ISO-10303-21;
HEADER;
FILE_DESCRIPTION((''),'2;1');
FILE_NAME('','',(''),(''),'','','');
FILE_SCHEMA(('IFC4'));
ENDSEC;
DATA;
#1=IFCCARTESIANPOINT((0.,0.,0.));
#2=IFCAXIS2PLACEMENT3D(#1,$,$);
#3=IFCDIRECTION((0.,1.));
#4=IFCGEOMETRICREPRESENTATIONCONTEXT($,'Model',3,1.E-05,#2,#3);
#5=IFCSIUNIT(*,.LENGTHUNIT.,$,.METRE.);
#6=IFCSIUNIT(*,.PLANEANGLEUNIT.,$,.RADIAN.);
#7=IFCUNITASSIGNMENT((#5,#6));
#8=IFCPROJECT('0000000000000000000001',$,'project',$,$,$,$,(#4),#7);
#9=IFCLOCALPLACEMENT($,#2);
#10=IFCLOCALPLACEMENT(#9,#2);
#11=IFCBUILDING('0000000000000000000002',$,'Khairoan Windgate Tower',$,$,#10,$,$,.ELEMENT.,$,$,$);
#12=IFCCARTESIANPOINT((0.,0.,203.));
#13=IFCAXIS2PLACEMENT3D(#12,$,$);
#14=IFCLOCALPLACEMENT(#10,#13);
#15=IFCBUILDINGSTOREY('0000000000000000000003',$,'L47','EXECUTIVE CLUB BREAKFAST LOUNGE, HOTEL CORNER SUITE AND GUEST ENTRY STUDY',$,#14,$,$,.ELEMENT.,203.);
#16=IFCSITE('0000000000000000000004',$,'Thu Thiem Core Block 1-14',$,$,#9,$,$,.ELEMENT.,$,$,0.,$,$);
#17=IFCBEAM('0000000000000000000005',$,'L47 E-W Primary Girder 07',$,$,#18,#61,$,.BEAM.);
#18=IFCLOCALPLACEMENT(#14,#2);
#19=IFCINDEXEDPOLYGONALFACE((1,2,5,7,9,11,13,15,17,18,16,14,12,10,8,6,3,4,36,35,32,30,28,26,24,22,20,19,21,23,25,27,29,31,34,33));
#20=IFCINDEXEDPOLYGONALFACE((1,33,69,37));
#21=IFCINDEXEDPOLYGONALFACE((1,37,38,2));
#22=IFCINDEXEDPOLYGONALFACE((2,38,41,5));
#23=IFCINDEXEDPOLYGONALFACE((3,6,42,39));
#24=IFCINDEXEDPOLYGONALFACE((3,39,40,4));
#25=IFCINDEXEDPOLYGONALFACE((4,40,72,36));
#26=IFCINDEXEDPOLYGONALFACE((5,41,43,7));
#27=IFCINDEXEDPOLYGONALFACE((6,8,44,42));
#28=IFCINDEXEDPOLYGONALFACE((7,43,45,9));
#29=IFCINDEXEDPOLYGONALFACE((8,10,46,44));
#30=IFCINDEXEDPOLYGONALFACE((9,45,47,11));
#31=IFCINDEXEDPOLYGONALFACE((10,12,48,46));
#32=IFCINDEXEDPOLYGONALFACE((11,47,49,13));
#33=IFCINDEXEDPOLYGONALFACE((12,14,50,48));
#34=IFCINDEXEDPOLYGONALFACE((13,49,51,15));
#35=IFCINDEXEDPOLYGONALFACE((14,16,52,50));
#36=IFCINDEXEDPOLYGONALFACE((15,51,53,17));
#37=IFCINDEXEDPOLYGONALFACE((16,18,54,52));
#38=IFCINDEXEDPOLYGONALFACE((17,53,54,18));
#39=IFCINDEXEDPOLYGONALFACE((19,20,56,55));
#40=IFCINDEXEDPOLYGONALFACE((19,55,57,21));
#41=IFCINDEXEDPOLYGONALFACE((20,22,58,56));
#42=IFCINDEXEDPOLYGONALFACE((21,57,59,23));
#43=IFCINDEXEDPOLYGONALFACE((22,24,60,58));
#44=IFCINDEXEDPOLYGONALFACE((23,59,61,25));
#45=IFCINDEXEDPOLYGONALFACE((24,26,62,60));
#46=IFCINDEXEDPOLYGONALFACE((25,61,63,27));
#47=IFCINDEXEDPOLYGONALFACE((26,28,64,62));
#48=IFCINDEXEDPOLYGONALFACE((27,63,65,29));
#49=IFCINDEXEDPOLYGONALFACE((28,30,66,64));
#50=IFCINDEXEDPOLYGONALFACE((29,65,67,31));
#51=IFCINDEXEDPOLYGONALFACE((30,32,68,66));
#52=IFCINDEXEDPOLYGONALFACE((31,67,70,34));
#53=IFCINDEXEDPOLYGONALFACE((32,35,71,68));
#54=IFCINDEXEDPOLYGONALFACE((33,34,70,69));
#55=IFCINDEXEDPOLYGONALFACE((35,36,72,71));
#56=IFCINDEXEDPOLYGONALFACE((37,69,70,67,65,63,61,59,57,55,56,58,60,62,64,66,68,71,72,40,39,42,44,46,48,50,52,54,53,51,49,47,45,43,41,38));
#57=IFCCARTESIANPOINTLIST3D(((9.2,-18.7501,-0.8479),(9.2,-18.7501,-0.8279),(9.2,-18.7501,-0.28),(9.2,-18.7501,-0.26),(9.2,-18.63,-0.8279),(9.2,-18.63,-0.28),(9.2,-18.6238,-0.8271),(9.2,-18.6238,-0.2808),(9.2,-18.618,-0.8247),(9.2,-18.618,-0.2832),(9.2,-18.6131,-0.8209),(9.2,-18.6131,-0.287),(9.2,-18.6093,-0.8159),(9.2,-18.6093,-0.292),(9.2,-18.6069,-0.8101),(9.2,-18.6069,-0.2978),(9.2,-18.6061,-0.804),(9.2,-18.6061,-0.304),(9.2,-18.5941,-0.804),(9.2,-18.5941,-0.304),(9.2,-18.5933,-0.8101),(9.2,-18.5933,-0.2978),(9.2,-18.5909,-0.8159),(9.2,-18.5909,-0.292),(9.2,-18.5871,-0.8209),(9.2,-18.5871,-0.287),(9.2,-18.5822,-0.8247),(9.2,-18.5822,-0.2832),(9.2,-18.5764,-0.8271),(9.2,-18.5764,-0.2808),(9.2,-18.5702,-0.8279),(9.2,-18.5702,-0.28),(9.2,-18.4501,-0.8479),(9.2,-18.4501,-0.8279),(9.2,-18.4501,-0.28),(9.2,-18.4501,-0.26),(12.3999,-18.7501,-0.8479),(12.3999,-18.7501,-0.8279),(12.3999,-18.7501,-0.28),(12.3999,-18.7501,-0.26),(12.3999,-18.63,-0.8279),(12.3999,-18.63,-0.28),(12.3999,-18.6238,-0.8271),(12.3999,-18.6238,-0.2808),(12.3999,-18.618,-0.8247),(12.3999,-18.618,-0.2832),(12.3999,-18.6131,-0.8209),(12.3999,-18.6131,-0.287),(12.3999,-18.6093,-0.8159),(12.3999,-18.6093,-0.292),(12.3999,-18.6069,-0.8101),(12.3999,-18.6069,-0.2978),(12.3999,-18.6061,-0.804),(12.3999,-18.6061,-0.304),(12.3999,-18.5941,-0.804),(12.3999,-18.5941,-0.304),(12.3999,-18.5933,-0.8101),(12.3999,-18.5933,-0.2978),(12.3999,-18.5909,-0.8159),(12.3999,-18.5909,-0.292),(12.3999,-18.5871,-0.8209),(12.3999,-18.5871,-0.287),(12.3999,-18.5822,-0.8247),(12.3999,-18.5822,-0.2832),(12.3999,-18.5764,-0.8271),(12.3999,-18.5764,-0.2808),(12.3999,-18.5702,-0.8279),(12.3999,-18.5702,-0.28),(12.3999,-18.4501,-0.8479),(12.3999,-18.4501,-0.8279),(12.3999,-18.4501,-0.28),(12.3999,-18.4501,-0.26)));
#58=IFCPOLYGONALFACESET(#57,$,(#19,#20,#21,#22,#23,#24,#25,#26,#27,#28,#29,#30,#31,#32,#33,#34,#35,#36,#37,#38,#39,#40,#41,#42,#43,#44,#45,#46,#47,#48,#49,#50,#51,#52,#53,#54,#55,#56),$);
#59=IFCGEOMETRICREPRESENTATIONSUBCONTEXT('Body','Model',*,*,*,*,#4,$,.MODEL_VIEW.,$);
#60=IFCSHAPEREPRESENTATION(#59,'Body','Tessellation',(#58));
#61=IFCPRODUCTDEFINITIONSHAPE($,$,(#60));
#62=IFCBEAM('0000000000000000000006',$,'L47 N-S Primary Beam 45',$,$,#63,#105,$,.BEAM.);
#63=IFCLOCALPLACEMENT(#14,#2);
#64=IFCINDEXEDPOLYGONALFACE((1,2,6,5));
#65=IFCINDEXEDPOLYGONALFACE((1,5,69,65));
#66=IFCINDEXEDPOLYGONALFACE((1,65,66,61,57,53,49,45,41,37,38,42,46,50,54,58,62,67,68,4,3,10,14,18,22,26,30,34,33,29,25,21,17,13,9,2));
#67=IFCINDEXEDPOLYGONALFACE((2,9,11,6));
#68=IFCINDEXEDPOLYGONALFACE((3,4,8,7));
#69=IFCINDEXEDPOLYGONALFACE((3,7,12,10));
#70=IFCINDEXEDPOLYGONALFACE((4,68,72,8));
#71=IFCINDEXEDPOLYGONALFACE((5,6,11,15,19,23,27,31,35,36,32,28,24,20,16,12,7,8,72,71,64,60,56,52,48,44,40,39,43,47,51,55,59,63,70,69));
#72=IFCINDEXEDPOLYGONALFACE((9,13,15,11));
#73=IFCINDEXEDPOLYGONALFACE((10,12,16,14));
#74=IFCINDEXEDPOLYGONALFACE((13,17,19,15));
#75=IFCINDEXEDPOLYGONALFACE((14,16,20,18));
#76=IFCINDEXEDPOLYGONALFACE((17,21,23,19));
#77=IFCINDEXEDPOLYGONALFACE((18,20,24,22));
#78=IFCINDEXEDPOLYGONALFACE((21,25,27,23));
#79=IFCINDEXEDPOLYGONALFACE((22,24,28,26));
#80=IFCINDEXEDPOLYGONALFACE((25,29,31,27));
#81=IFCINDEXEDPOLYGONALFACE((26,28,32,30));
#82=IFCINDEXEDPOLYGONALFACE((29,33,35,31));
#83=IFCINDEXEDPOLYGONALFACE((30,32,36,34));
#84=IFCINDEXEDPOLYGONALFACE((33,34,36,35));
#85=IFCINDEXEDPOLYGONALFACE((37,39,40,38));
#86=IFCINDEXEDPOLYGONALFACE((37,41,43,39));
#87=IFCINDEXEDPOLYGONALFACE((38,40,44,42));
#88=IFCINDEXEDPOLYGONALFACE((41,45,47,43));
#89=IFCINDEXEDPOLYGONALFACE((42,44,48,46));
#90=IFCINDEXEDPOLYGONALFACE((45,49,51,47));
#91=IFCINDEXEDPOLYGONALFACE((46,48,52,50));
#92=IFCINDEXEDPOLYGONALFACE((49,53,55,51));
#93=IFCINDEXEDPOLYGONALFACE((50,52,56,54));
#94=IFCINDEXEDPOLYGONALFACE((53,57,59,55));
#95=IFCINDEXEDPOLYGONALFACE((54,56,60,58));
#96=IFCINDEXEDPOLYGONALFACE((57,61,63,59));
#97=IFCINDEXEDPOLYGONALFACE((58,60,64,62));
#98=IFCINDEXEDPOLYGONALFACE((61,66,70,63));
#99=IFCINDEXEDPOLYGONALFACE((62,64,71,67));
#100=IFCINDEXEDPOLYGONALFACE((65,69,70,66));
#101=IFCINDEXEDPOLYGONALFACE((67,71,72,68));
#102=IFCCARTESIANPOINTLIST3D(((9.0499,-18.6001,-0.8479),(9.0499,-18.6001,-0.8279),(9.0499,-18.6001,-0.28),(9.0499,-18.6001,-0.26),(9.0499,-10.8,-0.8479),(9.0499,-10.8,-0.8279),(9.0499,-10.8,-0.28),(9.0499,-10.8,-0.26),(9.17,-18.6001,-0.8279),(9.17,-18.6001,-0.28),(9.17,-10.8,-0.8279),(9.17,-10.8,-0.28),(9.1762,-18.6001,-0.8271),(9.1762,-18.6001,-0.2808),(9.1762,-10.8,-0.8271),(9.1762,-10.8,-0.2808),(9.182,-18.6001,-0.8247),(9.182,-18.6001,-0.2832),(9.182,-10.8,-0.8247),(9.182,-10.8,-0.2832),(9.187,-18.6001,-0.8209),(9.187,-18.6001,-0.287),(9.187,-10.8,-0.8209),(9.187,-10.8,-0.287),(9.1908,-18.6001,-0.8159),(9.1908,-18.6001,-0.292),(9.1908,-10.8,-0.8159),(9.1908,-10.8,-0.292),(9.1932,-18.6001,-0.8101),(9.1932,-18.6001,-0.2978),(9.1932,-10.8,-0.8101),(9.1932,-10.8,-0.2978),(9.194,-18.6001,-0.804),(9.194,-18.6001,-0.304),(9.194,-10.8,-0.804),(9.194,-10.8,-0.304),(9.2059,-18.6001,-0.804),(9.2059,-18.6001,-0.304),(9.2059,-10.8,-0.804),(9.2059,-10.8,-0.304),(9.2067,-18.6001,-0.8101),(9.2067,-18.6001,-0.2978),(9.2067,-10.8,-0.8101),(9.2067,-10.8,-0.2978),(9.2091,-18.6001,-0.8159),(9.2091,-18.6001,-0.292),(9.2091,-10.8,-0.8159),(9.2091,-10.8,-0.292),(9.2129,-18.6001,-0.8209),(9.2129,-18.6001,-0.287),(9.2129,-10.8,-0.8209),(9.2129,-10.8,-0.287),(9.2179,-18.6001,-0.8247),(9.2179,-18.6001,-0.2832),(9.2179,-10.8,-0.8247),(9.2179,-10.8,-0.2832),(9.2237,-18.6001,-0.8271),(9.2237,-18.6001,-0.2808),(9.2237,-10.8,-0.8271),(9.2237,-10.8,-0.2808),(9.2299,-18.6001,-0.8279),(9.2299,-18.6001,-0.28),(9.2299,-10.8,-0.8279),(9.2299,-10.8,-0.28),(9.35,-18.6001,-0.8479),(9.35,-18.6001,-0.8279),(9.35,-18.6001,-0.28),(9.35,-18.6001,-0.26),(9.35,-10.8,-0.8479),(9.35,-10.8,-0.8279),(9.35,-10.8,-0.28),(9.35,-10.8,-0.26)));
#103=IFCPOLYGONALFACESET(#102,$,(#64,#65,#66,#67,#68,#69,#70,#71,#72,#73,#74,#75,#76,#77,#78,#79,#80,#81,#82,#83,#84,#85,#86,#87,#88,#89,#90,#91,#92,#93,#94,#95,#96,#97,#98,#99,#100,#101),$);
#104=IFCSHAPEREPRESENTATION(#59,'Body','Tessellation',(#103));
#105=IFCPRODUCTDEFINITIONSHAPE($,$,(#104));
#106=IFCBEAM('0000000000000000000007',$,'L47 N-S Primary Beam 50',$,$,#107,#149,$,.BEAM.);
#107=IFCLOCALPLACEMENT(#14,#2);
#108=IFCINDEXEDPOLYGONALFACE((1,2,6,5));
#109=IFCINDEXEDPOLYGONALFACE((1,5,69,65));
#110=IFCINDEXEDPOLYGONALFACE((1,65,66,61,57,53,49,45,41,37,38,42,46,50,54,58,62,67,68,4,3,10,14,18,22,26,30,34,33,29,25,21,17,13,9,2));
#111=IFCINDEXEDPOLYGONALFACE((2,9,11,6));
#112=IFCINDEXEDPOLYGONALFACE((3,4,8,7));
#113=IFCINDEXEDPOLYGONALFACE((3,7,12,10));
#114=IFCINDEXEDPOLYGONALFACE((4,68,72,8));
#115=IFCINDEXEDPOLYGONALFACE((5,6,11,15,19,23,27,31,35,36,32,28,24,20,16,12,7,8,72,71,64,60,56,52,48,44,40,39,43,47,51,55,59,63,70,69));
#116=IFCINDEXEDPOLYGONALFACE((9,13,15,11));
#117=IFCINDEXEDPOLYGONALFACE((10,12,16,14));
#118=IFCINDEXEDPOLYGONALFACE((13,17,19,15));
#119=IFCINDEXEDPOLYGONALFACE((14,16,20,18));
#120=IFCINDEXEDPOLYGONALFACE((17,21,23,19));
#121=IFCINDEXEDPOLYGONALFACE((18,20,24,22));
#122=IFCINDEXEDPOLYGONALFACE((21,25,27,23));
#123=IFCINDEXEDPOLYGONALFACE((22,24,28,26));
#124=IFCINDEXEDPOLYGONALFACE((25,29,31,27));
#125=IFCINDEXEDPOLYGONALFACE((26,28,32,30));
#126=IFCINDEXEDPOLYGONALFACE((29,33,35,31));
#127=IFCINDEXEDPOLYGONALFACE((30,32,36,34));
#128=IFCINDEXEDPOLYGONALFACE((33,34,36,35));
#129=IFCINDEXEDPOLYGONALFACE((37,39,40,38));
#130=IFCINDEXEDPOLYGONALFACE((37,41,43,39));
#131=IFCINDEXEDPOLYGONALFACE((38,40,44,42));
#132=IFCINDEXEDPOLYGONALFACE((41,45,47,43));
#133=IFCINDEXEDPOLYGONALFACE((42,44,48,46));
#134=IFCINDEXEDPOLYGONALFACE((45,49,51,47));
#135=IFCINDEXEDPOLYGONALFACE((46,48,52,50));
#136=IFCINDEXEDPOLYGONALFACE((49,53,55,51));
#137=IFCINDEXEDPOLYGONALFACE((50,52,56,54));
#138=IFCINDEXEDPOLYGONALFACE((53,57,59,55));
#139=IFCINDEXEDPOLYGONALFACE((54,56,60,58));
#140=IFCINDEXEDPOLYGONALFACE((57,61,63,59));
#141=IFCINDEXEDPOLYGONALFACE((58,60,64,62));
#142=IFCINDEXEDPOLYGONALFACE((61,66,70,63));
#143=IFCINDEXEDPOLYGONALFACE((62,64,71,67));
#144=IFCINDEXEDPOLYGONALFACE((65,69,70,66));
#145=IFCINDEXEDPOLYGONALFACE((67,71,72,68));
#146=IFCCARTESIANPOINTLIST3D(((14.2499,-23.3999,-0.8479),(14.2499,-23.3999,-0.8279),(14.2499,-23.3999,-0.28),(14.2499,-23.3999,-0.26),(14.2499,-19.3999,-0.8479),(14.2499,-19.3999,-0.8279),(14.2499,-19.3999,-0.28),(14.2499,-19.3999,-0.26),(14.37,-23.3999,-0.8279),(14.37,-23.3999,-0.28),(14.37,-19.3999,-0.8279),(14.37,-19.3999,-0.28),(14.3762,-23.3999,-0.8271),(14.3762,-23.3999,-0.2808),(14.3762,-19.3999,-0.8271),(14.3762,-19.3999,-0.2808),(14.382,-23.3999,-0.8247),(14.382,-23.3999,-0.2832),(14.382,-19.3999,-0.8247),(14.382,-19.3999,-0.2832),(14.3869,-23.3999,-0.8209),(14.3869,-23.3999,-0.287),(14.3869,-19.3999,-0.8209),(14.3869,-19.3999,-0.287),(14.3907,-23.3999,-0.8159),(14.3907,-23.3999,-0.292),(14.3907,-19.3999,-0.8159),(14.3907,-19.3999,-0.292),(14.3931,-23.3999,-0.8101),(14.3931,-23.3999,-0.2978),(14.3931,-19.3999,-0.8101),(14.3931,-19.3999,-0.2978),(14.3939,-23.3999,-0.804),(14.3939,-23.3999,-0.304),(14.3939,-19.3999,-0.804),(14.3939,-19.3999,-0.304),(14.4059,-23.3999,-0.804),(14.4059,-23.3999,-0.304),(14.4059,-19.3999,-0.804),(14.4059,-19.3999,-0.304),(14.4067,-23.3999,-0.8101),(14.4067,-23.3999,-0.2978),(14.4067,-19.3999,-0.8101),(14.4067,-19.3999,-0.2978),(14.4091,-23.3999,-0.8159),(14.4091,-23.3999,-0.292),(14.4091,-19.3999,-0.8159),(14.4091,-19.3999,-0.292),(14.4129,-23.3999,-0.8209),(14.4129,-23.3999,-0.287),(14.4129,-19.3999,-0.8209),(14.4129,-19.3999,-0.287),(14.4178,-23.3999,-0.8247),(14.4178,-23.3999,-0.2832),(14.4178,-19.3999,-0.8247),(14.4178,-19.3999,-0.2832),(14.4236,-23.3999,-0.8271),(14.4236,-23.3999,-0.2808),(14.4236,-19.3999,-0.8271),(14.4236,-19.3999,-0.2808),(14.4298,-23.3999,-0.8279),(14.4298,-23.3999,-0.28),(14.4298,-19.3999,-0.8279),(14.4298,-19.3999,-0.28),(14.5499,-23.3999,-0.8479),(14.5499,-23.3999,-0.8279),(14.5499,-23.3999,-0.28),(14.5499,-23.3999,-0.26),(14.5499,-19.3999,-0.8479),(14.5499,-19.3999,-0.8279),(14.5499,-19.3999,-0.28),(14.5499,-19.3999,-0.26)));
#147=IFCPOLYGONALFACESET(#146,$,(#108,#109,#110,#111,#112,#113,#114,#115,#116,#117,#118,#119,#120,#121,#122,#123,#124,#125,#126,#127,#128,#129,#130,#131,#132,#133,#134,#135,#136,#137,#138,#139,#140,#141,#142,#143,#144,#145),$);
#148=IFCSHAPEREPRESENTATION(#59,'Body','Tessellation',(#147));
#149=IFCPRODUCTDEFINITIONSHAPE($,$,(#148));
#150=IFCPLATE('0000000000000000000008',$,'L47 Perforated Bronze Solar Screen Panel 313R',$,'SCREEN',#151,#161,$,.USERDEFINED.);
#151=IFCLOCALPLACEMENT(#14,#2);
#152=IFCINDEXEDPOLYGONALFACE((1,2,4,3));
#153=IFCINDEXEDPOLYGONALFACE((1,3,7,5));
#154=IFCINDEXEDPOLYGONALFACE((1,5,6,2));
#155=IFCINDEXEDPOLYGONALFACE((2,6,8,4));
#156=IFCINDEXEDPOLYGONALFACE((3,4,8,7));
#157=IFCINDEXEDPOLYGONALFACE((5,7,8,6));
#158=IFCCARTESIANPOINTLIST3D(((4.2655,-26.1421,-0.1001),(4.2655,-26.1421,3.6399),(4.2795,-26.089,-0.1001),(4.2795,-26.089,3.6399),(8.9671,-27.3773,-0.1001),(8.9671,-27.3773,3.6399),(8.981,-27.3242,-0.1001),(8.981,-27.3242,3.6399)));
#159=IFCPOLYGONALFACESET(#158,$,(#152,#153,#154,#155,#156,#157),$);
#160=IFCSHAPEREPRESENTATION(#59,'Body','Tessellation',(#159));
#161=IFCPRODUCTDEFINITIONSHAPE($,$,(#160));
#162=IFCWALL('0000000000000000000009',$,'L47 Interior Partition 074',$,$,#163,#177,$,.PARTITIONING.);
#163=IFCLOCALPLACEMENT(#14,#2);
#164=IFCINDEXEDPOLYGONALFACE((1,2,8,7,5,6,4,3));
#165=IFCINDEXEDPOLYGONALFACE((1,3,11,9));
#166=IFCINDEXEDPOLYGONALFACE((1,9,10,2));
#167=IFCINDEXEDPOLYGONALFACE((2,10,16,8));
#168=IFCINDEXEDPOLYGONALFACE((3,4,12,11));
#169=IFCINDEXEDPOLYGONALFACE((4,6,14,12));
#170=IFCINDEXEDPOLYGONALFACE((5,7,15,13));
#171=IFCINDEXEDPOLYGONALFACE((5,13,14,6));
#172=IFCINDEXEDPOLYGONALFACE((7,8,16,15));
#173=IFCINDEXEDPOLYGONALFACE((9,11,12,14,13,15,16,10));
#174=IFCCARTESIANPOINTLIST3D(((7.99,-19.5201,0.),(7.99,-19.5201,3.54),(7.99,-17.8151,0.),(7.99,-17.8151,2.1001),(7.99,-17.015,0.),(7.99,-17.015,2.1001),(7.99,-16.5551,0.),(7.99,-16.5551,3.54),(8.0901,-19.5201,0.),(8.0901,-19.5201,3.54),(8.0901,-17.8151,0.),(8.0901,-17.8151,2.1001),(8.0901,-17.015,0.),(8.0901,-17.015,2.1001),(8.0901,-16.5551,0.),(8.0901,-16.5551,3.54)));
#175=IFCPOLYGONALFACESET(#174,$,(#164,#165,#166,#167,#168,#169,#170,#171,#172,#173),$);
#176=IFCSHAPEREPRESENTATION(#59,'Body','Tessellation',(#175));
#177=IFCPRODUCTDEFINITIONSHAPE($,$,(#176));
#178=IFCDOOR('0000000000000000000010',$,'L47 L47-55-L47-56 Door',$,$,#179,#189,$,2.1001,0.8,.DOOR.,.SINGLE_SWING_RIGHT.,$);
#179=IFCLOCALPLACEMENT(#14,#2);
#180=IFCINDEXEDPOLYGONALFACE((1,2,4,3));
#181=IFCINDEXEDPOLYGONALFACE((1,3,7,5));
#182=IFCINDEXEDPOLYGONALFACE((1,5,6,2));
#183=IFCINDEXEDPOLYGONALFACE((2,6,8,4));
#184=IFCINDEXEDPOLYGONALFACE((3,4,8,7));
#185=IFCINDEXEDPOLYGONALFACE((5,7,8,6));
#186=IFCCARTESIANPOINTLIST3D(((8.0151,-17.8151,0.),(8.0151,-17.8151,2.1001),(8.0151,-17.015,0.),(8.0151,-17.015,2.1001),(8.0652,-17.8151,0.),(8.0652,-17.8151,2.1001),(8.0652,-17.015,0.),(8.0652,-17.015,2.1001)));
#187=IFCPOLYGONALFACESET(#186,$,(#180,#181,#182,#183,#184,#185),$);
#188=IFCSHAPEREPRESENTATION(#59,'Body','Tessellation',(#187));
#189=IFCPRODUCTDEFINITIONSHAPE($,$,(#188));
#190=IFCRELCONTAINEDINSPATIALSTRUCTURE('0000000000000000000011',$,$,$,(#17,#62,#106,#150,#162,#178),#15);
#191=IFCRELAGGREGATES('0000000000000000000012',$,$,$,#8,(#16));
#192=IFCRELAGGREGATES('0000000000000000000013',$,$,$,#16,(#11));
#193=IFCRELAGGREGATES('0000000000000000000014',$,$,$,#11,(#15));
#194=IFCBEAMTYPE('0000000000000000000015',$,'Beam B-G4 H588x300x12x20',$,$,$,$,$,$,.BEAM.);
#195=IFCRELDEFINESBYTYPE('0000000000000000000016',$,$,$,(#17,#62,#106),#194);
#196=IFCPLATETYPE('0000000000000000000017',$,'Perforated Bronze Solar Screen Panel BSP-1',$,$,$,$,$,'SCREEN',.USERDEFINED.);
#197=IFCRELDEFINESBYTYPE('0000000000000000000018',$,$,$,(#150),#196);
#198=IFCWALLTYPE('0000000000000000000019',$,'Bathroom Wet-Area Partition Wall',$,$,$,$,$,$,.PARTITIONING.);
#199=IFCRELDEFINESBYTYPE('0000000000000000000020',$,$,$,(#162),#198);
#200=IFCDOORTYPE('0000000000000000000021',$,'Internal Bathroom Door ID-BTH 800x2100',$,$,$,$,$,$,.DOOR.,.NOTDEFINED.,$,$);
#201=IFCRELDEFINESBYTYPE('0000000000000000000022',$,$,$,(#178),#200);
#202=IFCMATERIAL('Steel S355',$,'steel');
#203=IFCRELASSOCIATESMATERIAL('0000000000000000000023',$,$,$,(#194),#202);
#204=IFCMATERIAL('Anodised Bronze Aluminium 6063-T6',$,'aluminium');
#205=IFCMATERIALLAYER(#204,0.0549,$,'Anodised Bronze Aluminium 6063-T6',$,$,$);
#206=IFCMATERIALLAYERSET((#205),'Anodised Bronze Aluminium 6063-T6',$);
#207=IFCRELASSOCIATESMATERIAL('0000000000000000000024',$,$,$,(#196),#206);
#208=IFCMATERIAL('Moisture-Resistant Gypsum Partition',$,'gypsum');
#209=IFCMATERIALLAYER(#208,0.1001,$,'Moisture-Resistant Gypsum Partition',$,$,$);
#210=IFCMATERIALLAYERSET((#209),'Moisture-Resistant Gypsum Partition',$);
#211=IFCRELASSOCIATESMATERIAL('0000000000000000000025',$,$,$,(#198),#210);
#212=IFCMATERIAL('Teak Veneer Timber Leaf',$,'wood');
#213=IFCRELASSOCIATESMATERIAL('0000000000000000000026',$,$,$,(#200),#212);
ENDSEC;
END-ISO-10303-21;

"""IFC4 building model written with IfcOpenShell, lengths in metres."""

from ifc_helpers import new_model, si_unit, direction, frame, frame_2d, origin, origin_2d, place, context, subcontext, project, spatial, rectangle, i_section, extrude, material, layer, layer_set, material_profile, profile_set, type_object, element, fill, save


model = new_model("IFC4")

# Units and contexts
model_context = context("Model", 3, precision=1e-05, world=origin(), true_north=direction((0.0, 1.0)))
body_context = subcontext(model_context, "Body", "Model", "MODEL_VIEW")
ifc_project = project(units=[si_unit("LENGTHUNIT", "METRE"), si_unit("PLANEANGLEUNIT", "RADIAN")], contexts=[model_context])

# Site, building, storey
site_placement = place(None, origin())
site = spatial("IfcSite", under=ifc_project, at=site_placement, Name="Thu Thiem Core Block 1-14", CompositionType="ELEMENT", RefElevation=0.0)
building_placement = place(site_placement, origin())
building = spatial("IfcBuilding", under=site, at=building_placement, Name="Khairoan Windgate Tower", CompositionType="ELEMENT")
storey_placement = place(building_placement, frame((0.0, 0.0, 203.0)))
storey = spatial("IfcBuildingStorey", under=building, at=storey_placement, Name="L47", Description="EXECUTIVE CLUB BREAKFAST LOUNGE, HOTEL CORNER SUITE AND GUEST ENTRY STUDY", CompositionType="ELEMENT", Elevation=203.0)

# Beams
ifc_material_1 = material(Name="Steel S355", Category="steel")
ifc_material_profile_1 = material_profile(ifc_material_1, i_section(OverallWidth=0.3, OverallDepth=0.5879, WebThickness=0.012, FlangeThickness=0.02, FilletRadius=0.0239, at=origin_2d()))
ifc_profile_set_1 = profile_set([ifc_material_profile_1], Name="Steel S355")
beam_type = type_object("IfcBeamType", Name="Beam B-G4 H588x300x12x20", PredefinedType="BEAM", material=ifc_profile_set_1)
beam_1_placement = place(storey_placement, frame((9.2, -18.6001, -0.554), z_axis=(1.0, 0.0, 0.0), x_axis=(0.0, 1.0, 0.0)))
element("IfcBeam", 1, at=beam_1_placement, inside=storey, type_object=beam_type, Name="L47 E-W Primary Girder 07", PredefinedType="BEAM", context=body_context, shape_type="SweptSolid", body=[
    extrude(i_section(OverallWidth=0.3, OverallDepth=0.5879, WebThickness=0.012, FlangeThickness=0.02, FilletRadius=0.0239, at=origin_2d()), origin(), (0.0, 0.0, 1.0), 3.2),
])
beam_2_placement = place(storey_placement, frame((9.2, -18.6001, -0.554), z_axis=(0.0, 1.0, 0.0), x_axis=(-1.0, 0.0, 0.0)))
element("IfcBeam", 2, at=beam_2_placement, inside=storey, type_object=beam_type, Name="L47 N-S Primary Beam 45", PredefinedType="BEAM", context=body_context, shape_type="SweptSolid", body=[
    extrude(i_section(OverallWidth=0.3, OverallDepth=0.5879, WebThickness=0.012, FlangeThickness=0.02, FilletRadius=0.0239, at=origin_2d()), origin(), (0.0, 0.0, 1.0), 7.8),
])
beam_3_placement = place(storey_placement, frame((14.3999, -23.3999, -0.554), z_axis=(0.0, 1.0, 0.0), x_axis=(-1.0, 0.0, 0.0)))
element("IfcBeam", 3, at=beam_3_placement, inside=storey, type_object=beam_type, Name="L47 N-S Primary Beam 50", PredefinedType="BEAM", context=body_context, shape_type="SweptSolid", body=[
    extrude(i_section(OverallWidth=0.3, OverallDepth=0.5879, WebThickness=0.012, FlangeThickness=0.02, FilletRadius=0.0239, at=origin_2d()), origin(), (0.0, 0.0, 1.0), 4.0),
])

# Plate
ifc_material_2 = material(Name="Anodised Bronze Aluminium 6063-T6", Category="aluminium")
ifc_layer_1 = layer(ifc_material_2, 0.0549, Name="Anodised Bronze Aluminium 6063-T6")
ifc_layer_set_1 = layer_set([ifc_layer_1], Name="Anodised Bronze Aluminium 6063-T6")
plate_type = type_object("IfcPlateType", Name="Perforated Bronze Solar Screen Panel BSP-1", ElementType="SCREEN", PredefinedType="USERDEFINED", material=ifc_layer_set_1)
plate_placement = place(storey_placement, frame((6.6233, -26.7332, -0.1001), z_axis=(0.0, 0.0, 1.0), x_axis=(-0.967179, 0.254096, 0.0)))
element("IfcPlate", 4, at=plate_placement, inside=storey, type_object=plate_type, Name="L47 Perforated Bronze Solar Screen Panel 313R", ObjectType="SCREEN", PredefinedType="USERDEFINED", context=body_context, shape_type="SweptSolid", body=[
    extrude(rectangle(XDim=4.8611, YDim=0.0549, at=origin_2d()), origin(), (0.0, 0.0, 1.0), 3.74),
])

# Wall, opening, door
ifc_material_3 = material(Name="Moisture-Resistant Gypsum Partition", Category="gypsum")
ifc_layer_2 = layer(ifc_material_3, 0.1001, Name="Moisture-Resistant Gypsum Partition")
ifc_layer_set_2 = layer_set([ifc_layer_2], Name="Moisture-Resistant Gypsum Partition")
wall_type_1 = type_object("IfcWallType", Name="Bathroom Wet-Area Partition Wall", PredefinedType="PARTITIONING", material=ifc_layer_set_2)
wall_1_placement = place(storey_placement, frame((8.04, -19.52, 0.0), z_axis=(0.0, 0.0, 1.0), x_axis=(0.0, 1.0, 0.0)))
wall_1 = element("IfcWall", 5, at=wall_1_placement, inside=storey, type_object=wall_type_1, Name="L47 Interior Partition 074", PredefinedType="PARTITIONING", context=body_context, shape_type="SweptSolid", body=[
    extrude(rectangle(XDim=2.9651, YDim=0.1001, at=frame_2d((1.4824, 0.0))), origin(), (0.0, 0.0, 1.0), 3.54),
])
opening_1_placement = place(wall_1_placement, frame((1.7051, 0.0, 0.0)))
opening_1 = element("IfcOpeningElement", 6, at=opening_1_placement, cuts=wall_1, PredefinedType="OPENING", context=body_context, shape_type="SweptSolid", body=[
    extrude(rectangle(XDim=0.8, YDim=2.1001, at=frame_2d((0.3999, 1.05))), frame((0.0, 0.0601, 0.0), z_axis=(0.0, -1.0, 0.0), x_axis=(1.0, 0.0, 0.0)), (0.0, 0.0, 1.0), 0.1201),
])
ifc_material_4 = material(Name="Teak Veneer Timber Leaf", Category="wood")
door_type_1 = type_object("IfcDoorType", Name="Internal Bathroom Door ID-BTH 800x2100", OperationType="NOTDEFINED", PredefinedType="DOOR", material=ifc_material_4)
door_1_placement = place(opening_1_placement, origin())
door_1 = element("IfcDoor", 7, at=door_1_placement, inside=storey, type_object=door_type_1, Name="L47 L47-55-L47-56 Door", OperationType="SINGLE_SWING_RIGHT", OverallHeight=2.1001, OverallWidth=0.8, PredefinedType="DOOR", context=body_context, shape_type="SweptSolid", body=[
    extrude(rectangle(XDim=0.8, YDim=2.1001, at=frame_2d((0.3999, 1.05))), frame((0.0, 0.0249, 0.0), z_axis=(0.0, -1.0, 0.0), x_axis=(1.0, 0.0, 0.0)), (0.0, 0.0, 1.0), 0.05),
])
fill(opening_1, door_1)

save(model, "model.ifc")
